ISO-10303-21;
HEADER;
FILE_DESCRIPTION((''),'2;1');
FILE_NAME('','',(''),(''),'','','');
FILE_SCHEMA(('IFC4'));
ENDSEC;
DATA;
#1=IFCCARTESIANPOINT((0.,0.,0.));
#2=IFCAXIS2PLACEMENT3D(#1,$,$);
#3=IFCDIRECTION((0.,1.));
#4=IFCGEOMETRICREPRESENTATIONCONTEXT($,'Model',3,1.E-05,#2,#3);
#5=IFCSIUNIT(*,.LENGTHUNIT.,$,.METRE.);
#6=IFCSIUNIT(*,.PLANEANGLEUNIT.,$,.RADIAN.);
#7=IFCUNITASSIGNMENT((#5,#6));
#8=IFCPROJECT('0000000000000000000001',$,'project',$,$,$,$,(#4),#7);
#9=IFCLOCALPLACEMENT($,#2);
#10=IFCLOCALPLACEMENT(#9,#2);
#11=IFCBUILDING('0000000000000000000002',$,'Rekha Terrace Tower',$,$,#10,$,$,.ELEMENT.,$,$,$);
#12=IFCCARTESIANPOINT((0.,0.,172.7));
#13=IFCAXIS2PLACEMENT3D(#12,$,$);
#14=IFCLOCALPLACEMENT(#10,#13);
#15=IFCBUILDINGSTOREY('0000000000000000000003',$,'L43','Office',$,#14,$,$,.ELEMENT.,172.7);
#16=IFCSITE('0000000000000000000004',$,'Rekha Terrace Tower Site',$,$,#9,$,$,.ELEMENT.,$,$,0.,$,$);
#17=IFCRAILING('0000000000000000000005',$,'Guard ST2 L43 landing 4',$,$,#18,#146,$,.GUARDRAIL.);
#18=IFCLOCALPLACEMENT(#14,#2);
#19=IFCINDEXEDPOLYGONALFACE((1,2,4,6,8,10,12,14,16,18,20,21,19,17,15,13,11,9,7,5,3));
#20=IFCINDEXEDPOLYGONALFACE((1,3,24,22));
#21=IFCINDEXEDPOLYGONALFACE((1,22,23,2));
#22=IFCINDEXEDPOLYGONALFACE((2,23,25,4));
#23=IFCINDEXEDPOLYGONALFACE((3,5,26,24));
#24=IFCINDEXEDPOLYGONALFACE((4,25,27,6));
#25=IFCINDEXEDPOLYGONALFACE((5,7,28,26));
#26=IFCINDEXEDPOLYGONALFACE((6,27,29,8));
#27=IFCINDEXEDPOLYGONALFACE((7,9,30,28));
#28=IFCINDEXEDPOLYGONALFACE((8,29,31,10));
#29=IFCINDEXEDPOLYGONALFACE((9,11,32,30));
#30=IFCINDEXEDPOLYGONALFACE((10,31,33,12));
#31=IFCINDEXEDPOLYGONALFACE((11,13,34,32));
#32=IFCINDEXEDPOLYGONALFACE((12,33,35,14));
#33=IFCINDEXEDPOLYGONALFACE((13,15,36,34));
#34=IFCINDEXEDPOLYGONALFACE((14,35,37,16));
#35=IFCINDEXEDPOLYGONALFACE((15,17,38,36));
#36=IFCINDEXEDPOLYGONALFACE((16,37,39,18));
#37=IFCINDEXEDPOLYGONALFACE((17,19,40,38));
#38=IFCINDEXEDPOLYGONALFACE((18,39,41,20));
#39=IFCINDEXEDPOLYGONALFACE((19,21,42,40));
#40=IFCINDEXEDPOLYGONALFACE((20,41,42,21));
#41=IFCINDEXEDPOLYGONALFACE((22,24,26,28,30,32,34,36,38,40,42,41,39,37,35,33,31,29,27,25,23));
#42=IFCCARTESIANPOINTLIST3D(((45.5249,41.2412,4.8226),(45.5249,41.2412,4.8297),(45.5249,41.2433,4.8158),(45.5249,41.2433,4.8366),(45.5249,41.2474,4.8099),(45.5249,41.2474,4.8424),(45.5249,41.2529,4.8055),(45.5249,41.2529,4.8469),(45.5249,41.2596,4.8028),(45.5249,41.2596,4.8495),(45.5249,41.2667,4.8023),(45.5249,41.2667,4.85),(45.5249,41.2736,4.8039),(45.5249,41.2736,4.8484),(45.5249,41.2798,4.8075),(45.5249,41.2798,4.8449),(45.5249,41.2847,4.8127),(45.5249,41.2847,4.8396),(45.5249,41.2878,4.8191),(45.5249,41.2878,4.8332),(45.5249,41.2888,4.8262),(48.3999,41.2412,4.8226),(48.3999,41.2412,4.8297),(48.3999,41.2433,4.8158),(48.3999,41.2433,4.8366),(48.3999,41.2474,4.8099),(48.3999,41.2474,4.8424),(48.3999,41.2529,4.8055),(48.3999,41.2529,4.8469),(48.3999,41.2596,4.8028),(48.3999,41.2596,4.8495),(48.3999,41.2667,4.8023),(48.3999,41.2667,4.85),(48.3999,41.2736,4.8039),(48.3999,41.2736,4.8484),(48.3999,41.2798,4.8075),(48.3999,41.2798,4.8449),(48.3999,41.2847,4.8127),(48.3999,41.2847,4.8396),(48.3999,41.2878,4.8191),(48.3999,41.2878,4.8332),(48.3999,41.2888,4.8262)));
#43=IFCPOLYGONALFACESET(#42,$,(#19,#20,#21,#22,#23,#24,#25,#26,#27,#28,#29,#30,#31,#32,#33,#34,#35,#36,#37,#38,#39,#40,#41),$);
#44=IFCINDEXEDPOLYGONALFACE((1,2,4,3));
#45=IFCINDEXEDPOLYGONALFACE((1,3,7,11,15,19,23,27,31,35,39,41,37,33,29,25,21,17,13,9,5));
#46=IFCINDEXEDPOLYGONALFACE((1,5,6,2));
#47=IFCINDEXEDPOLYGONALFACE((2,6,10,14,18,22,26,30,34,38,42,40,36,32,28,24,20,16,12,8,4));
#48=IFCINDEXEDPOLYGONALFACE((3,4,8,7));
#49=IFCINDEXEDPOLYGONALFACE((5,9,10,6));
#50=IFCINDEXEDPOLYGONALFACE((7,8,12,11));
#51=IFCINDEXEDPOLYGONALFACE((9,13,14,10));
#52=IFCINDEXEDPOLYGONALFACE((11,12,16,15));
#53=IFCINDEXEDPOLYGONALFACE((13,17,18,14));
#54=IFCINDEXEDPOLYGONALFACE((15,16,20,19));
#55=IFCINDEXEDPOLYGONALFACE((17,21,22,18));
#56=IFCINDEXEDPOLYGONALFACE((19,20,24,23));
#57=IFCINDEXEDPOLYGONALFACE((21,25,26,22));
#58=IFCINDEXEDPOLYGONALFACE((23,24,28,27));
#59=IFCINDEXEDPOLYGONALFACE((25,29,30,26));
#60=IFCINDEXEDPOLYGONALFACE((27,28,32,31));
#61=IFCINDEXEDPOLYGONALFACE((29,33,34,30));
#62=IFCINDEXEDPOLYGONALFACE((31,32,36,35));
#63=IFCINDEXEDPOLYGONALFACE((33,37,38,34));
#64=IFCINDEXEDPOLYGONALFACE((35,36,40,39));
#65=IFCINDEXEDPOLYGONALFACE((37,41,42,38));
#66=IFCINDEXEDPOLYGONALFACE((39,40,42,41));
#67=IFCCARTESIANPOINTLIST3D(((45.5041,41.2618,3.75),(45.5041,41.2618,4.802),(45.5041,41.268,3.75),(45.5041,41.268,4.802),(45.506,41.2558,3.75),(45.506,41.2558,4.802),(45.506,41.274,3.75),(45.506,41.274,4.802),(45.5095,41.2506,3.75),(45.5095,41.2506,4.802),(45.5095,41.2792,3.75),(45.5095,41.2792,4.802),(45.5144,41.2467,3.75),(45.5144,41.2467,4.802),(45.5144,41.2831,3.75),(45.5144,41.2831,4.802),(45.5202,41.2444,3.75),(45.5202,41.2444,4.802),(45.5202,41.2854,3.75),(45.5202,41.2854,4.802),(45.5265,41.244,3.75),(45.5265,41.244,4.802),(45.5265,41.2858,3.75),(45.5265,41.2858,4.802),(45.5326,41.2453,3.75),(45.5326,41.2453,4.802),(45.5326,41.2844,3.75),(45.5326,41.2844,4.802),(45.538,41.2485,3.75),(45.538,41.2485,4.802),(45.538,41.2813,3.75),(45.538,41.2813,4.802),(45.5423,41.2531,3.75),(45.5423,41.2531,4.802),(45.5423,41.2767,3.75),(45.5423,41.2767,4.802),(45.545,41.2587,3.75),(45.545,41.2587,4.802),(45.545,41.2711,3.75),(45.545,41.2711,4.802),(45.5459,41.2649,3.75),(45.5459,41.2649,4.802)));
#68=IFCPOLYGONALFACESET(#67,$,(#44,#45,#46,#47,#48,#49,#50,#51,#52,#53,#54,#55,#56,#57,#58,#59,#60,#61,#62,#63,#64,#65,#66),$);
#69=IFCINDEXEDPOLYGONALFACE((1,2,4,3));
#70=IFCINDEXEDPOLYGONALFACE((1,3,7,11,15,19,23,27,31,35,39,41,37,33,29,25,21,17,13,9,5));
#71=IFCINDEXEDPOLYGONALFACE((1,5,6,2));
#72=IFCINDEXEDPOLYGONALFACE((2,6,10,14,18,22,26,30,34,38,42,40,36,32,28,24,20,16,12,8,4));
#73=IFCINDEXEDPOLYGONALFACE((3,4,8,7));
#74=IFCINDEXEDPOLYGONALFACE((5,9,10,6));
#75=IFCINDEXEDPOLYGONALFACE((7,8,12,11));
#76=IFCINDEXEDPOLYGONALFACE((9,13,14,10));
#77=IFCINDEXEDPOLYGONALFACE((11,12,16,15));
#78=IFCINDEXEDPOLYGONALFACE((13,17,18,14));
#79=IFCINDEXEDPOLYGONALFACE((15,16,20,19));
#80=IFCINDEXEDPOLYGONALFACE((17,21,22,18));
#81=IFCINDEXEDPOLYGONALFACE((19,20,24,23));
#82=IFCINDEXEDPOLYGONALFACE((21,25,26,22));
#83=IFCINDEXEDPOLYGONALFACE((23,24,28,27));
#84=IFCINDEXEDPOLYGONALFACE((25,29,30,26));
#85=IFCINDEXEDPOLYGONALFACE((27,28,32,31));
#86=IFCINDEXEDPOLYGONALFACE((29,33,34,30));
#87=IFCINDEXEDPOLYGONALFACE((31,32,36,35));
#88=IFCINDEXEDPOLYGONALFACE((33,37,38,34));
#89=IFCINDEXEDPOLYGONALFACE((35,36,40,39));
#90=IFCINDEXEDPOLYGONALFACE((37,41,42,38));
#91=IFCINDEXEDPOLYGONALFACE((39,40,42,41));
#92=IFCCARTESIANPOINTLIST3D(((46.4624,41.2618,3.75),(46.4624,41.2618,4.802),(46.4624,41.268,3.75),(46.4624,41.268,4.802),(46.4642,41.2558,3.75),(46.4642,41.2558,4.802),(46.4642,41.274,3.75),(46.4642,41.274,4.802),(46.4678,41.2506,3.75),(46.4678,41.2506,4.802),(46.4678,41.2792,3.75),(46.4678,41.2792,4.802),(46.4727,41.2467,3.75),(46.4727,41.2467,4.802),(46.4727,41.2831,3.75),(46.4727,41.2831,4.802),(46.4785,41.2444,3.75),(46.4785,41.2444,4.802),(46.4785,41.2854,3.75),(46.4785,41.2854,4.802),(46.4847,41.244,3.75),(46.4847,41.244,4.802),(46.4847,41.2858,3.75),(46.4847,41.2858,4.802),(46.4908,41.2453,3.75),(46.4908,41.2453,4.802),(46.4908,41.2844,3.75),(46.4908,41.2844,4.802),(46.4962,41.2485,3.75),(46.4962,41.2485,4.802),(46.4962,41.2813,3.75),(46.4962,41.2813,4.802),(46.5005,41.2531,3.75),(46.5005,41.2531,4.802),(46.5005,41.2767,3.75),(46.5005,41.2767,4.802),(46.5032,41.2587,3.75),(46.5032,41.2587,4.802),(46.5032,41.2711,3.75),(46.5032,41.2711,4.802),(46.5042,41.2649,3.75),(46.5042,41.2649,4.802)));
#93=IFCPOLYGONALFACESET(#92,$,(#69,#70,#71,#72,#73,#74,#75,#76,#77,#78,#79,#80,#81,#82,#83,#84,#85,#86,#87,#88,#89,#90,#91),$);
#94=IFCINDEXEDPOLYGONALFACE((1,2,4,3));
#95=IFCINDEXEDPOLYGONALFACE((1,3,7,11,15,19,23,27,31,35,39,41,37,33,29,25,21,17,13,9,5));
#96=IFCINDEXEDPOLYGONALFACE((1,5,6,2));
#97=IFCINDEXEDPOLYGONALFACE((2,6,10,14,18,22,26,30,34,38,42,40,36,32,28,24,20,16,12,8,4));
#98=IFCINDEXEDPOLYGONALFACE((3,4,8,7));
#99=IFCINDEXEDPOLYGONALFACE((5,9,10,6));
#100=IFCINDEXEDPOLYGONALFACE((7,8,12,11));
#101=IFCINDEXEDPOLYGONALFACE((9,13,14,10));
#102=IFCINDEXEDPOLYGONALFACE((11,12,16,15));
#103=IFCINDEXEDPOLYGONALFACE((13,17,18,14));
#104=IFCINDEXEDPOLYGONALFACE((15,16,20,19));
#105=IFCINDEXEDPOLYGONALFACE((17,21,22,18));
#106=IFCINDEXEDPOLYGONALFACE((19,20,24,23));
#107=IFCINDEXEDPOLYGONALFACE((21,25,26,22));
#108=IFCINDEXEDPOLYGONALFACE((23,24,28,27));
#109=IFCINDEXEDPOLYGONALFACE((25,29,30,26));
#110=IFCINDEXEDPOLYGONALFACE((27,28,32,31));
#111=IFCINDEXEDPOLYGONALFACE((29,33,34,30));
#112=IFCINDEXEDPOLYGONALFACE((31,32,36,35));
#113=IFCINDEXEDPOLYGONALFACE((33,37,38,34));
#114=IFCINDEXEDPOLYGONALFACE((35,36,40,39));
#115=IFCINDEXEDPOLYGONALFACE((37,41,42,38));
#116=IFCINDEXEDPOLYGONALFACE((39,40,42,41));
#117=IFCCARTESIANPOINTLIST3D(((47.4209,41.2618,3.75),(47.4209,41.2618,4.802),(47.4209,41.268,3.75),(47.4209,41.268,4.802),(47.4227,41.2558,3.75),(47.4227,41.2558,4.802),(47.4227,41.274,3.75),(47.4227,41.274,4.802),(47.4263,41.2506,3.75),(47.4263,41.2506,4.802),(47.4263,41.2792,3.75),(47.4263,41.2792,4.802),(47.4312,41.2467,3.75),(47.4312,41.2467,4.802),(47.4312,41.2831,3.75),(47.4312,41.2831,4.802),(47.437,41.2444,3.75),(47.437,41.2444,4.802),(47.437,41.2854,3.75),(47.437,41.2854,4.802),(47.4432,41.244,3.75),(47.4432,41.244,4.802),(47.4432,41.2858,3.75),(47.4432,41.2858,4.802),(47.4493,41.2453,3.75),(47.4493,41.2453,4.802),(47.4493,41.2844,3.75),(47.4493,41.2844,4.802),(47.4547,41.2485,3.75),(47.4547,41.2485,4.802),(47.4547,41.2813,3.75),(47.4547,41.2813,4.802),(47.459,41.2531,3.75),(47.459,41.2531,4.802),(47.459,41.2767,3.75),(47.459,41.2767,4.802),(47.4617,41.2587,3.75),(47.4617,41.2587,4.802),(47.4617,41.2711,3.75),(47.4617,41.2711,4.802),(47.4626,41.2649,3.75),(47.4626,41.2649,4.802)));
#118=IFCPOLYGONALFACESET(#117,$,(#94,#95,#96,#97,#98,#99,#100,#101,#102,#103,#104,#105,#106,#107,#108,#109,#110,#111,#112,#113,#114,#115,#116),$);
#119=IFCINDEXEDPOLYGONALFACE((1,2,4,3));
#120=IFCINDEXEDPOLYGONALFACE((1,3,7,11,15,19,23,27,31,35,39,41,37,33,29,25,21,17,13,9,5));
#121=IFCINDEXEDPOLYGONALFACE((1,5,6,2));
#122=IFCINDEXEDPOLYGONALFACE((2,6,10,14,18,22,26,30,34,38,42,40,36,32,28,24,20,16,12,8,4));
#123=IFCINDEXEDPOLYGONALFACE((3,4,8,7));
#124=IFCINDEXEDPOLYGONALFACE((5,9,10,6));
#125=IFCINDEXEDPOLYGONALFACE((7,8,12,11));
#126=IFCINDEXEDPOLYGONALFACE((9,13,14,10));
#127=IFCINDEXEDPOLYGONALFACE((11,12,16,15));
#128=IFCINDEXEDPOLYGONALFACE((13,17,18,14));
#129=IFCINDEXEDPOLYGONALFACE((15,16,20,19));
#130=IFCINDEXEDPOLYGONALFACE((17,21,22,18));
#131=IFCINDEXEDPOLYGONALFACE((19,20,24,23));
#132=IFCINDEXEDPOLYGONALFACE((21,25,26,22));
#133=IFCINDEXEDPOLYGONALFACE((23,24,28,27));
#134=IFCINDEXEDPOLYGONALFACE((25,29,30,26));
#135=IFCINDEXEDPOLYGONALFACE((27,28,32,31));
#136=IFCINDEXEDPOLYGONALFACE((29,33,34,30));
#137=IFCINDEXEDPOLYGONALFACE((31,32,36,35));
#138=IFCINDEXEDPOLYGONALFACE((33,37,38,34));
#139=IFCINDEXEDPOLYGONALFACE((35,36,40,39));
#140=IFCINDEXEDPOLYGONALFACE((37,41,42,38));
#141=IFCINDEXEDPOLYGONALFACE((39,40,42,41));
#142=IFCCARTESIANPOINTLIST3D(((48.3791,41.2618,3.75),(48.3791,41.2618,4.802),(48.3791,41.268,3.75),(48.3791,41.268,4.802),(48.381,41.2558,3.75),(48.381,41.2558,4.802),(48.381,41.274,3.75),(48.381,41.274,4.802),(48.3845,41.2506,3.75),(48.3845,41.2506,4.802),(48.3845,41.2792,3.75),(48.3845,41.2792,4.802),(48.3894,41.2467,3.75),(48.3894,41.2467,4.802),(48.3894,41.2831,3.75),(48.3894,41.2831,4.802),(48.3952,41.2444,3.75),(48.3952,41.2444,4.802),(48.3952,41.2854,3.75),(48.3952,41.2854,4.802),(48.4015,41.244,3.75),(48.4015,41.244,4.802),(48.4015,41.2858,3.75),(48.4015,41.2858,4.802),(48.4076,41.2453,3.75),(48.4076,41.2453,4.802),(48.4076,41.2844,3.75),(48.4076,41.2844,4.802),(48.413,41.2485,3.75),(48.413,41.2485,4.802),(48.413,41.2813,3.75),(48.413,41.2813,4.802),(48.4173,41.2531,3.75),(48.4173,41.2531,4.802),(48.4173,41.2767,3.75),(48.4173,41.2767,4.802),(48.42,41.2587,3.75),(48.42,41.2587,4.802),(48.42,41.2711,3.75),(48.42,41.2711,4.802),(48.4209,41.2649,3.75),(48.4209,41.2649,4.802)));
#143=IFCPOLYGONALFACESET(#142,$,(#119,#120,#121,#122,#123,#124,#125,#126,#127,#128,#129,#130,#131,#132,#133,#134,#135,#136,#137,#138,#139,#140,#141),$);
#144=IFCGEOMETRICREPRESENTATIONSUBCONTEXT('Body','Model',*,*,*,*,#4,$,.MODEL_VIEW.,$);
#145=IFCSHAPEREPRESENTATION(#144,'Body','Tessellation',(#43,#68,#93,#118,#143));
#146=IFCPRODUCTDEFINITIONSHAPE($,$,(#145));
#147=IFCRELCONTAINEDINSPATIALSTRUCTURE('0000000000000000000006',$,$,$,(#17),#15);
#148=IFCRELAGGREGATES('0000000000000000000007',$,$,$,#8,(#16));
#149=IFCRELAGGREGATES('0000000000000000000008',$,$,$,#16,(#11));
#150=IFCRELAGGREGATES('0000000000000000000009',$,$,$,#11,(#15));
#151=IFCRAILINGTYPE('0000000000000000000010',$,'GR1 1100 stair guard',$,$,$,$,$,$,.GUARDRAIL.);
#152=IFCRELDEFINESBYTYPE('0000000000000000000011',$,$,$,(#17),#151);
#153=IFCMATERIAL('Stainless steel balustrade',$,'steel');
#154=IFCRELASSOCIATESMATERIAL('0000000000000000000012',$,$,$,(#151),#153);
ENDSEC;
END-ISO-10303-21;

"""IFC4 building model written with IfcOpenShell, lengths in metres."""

from ifc_helpers import new_model, si_unit, direction, frame, origin, origin_2d, place, context, subcontext, project, spatial, circle, extrude, material, type_object, element, save


model = new_model("IFC4")

# Units and contexts
model_context = context("Model", 3, precision=1e-05, world=origin(), true_north=direction((0.0, 1.0)))
body_context = subcontext(model_context, "Body", "Model", "MODEL_VIEW")
ifc_project = project(units=[si_unit("LENGTHUNIT", "METRE"), si_unit("PLANEANGLEUNIT", "RADIAN")], contexts=[model_context])

# Site, building, storey
site_placement = place(None, origin())
site = spatial("IfcSite", under=ifc_project, at=site_placement, Name="Rekha Terrace Tower Site", CompositionType="ELEMENT", RefElevation=0.0)
building_placement = place(site_placement, origin())
building = spatial("IfcBuilding", under=site, at=building_placement, Name="Rekha Terrace Tower", CompositionType="ELEMENT")
storey_placement = place(building_placement, frame((0.0, 0.0, 172.7)))
storey = spatial("IfcBuildingStorey", under=building, at=storey_placement, Name="L43", Description="Office", CompositionType="ELEMENT", Elevation=172.7)

# Railing
ifc_material_1 = material(Name="Stainless steel balustrade", Category="steel")
railing_type_1 = type_object("IfcRailingType", Name="GR1 1100 stair guard", PredefinedType="GUARDRAIL", material=ifc_material_1)
railing_1_placement = place(storey_placement, frame((45.5249, 41.2649, 3.75)))
element("IfcRailing", 1, at=railing_1_placement, inside=storey, type_object=railing_type_1, Name="Guard ST2 L43 landing 4", PredefinedType="GUARDRAIL", context=body_context, shape_type="SweptSolid", body=[
    extrude(circle(Radius=0.0239, at=origin_2d()), frame((0.0, 0.0, 1.0762), z_axis=(1.0, 0.0, 0.0), x_axis=(0.0, 1.0, 0.0)), (0.0, 0.0, 1.0), 2.875),
    extrude(circle(Radius=0.021, at=origin_2d()), origin(), (0.0, 0.0, 1.0), 1.052),
    extrude(circle(Radius=0.021, at=origin_2d()), frame((0.9583, 0.0, 0.0)), (0.0, 0.0, 1.0), 1.052),
    extrude(circle(Radius=0.021, at=origin_2d()), frame((1.9167, 0.0, 0.0)), (0.0, 0.0, 1.0), 1.052),
    extrude(circle(Radius=0.021, at=origin_2d()), frame((2.875, 0.0, 0.0)), (0.0, 0.0, 1.0), 1.052),
])

save(model, "model.ifc")
